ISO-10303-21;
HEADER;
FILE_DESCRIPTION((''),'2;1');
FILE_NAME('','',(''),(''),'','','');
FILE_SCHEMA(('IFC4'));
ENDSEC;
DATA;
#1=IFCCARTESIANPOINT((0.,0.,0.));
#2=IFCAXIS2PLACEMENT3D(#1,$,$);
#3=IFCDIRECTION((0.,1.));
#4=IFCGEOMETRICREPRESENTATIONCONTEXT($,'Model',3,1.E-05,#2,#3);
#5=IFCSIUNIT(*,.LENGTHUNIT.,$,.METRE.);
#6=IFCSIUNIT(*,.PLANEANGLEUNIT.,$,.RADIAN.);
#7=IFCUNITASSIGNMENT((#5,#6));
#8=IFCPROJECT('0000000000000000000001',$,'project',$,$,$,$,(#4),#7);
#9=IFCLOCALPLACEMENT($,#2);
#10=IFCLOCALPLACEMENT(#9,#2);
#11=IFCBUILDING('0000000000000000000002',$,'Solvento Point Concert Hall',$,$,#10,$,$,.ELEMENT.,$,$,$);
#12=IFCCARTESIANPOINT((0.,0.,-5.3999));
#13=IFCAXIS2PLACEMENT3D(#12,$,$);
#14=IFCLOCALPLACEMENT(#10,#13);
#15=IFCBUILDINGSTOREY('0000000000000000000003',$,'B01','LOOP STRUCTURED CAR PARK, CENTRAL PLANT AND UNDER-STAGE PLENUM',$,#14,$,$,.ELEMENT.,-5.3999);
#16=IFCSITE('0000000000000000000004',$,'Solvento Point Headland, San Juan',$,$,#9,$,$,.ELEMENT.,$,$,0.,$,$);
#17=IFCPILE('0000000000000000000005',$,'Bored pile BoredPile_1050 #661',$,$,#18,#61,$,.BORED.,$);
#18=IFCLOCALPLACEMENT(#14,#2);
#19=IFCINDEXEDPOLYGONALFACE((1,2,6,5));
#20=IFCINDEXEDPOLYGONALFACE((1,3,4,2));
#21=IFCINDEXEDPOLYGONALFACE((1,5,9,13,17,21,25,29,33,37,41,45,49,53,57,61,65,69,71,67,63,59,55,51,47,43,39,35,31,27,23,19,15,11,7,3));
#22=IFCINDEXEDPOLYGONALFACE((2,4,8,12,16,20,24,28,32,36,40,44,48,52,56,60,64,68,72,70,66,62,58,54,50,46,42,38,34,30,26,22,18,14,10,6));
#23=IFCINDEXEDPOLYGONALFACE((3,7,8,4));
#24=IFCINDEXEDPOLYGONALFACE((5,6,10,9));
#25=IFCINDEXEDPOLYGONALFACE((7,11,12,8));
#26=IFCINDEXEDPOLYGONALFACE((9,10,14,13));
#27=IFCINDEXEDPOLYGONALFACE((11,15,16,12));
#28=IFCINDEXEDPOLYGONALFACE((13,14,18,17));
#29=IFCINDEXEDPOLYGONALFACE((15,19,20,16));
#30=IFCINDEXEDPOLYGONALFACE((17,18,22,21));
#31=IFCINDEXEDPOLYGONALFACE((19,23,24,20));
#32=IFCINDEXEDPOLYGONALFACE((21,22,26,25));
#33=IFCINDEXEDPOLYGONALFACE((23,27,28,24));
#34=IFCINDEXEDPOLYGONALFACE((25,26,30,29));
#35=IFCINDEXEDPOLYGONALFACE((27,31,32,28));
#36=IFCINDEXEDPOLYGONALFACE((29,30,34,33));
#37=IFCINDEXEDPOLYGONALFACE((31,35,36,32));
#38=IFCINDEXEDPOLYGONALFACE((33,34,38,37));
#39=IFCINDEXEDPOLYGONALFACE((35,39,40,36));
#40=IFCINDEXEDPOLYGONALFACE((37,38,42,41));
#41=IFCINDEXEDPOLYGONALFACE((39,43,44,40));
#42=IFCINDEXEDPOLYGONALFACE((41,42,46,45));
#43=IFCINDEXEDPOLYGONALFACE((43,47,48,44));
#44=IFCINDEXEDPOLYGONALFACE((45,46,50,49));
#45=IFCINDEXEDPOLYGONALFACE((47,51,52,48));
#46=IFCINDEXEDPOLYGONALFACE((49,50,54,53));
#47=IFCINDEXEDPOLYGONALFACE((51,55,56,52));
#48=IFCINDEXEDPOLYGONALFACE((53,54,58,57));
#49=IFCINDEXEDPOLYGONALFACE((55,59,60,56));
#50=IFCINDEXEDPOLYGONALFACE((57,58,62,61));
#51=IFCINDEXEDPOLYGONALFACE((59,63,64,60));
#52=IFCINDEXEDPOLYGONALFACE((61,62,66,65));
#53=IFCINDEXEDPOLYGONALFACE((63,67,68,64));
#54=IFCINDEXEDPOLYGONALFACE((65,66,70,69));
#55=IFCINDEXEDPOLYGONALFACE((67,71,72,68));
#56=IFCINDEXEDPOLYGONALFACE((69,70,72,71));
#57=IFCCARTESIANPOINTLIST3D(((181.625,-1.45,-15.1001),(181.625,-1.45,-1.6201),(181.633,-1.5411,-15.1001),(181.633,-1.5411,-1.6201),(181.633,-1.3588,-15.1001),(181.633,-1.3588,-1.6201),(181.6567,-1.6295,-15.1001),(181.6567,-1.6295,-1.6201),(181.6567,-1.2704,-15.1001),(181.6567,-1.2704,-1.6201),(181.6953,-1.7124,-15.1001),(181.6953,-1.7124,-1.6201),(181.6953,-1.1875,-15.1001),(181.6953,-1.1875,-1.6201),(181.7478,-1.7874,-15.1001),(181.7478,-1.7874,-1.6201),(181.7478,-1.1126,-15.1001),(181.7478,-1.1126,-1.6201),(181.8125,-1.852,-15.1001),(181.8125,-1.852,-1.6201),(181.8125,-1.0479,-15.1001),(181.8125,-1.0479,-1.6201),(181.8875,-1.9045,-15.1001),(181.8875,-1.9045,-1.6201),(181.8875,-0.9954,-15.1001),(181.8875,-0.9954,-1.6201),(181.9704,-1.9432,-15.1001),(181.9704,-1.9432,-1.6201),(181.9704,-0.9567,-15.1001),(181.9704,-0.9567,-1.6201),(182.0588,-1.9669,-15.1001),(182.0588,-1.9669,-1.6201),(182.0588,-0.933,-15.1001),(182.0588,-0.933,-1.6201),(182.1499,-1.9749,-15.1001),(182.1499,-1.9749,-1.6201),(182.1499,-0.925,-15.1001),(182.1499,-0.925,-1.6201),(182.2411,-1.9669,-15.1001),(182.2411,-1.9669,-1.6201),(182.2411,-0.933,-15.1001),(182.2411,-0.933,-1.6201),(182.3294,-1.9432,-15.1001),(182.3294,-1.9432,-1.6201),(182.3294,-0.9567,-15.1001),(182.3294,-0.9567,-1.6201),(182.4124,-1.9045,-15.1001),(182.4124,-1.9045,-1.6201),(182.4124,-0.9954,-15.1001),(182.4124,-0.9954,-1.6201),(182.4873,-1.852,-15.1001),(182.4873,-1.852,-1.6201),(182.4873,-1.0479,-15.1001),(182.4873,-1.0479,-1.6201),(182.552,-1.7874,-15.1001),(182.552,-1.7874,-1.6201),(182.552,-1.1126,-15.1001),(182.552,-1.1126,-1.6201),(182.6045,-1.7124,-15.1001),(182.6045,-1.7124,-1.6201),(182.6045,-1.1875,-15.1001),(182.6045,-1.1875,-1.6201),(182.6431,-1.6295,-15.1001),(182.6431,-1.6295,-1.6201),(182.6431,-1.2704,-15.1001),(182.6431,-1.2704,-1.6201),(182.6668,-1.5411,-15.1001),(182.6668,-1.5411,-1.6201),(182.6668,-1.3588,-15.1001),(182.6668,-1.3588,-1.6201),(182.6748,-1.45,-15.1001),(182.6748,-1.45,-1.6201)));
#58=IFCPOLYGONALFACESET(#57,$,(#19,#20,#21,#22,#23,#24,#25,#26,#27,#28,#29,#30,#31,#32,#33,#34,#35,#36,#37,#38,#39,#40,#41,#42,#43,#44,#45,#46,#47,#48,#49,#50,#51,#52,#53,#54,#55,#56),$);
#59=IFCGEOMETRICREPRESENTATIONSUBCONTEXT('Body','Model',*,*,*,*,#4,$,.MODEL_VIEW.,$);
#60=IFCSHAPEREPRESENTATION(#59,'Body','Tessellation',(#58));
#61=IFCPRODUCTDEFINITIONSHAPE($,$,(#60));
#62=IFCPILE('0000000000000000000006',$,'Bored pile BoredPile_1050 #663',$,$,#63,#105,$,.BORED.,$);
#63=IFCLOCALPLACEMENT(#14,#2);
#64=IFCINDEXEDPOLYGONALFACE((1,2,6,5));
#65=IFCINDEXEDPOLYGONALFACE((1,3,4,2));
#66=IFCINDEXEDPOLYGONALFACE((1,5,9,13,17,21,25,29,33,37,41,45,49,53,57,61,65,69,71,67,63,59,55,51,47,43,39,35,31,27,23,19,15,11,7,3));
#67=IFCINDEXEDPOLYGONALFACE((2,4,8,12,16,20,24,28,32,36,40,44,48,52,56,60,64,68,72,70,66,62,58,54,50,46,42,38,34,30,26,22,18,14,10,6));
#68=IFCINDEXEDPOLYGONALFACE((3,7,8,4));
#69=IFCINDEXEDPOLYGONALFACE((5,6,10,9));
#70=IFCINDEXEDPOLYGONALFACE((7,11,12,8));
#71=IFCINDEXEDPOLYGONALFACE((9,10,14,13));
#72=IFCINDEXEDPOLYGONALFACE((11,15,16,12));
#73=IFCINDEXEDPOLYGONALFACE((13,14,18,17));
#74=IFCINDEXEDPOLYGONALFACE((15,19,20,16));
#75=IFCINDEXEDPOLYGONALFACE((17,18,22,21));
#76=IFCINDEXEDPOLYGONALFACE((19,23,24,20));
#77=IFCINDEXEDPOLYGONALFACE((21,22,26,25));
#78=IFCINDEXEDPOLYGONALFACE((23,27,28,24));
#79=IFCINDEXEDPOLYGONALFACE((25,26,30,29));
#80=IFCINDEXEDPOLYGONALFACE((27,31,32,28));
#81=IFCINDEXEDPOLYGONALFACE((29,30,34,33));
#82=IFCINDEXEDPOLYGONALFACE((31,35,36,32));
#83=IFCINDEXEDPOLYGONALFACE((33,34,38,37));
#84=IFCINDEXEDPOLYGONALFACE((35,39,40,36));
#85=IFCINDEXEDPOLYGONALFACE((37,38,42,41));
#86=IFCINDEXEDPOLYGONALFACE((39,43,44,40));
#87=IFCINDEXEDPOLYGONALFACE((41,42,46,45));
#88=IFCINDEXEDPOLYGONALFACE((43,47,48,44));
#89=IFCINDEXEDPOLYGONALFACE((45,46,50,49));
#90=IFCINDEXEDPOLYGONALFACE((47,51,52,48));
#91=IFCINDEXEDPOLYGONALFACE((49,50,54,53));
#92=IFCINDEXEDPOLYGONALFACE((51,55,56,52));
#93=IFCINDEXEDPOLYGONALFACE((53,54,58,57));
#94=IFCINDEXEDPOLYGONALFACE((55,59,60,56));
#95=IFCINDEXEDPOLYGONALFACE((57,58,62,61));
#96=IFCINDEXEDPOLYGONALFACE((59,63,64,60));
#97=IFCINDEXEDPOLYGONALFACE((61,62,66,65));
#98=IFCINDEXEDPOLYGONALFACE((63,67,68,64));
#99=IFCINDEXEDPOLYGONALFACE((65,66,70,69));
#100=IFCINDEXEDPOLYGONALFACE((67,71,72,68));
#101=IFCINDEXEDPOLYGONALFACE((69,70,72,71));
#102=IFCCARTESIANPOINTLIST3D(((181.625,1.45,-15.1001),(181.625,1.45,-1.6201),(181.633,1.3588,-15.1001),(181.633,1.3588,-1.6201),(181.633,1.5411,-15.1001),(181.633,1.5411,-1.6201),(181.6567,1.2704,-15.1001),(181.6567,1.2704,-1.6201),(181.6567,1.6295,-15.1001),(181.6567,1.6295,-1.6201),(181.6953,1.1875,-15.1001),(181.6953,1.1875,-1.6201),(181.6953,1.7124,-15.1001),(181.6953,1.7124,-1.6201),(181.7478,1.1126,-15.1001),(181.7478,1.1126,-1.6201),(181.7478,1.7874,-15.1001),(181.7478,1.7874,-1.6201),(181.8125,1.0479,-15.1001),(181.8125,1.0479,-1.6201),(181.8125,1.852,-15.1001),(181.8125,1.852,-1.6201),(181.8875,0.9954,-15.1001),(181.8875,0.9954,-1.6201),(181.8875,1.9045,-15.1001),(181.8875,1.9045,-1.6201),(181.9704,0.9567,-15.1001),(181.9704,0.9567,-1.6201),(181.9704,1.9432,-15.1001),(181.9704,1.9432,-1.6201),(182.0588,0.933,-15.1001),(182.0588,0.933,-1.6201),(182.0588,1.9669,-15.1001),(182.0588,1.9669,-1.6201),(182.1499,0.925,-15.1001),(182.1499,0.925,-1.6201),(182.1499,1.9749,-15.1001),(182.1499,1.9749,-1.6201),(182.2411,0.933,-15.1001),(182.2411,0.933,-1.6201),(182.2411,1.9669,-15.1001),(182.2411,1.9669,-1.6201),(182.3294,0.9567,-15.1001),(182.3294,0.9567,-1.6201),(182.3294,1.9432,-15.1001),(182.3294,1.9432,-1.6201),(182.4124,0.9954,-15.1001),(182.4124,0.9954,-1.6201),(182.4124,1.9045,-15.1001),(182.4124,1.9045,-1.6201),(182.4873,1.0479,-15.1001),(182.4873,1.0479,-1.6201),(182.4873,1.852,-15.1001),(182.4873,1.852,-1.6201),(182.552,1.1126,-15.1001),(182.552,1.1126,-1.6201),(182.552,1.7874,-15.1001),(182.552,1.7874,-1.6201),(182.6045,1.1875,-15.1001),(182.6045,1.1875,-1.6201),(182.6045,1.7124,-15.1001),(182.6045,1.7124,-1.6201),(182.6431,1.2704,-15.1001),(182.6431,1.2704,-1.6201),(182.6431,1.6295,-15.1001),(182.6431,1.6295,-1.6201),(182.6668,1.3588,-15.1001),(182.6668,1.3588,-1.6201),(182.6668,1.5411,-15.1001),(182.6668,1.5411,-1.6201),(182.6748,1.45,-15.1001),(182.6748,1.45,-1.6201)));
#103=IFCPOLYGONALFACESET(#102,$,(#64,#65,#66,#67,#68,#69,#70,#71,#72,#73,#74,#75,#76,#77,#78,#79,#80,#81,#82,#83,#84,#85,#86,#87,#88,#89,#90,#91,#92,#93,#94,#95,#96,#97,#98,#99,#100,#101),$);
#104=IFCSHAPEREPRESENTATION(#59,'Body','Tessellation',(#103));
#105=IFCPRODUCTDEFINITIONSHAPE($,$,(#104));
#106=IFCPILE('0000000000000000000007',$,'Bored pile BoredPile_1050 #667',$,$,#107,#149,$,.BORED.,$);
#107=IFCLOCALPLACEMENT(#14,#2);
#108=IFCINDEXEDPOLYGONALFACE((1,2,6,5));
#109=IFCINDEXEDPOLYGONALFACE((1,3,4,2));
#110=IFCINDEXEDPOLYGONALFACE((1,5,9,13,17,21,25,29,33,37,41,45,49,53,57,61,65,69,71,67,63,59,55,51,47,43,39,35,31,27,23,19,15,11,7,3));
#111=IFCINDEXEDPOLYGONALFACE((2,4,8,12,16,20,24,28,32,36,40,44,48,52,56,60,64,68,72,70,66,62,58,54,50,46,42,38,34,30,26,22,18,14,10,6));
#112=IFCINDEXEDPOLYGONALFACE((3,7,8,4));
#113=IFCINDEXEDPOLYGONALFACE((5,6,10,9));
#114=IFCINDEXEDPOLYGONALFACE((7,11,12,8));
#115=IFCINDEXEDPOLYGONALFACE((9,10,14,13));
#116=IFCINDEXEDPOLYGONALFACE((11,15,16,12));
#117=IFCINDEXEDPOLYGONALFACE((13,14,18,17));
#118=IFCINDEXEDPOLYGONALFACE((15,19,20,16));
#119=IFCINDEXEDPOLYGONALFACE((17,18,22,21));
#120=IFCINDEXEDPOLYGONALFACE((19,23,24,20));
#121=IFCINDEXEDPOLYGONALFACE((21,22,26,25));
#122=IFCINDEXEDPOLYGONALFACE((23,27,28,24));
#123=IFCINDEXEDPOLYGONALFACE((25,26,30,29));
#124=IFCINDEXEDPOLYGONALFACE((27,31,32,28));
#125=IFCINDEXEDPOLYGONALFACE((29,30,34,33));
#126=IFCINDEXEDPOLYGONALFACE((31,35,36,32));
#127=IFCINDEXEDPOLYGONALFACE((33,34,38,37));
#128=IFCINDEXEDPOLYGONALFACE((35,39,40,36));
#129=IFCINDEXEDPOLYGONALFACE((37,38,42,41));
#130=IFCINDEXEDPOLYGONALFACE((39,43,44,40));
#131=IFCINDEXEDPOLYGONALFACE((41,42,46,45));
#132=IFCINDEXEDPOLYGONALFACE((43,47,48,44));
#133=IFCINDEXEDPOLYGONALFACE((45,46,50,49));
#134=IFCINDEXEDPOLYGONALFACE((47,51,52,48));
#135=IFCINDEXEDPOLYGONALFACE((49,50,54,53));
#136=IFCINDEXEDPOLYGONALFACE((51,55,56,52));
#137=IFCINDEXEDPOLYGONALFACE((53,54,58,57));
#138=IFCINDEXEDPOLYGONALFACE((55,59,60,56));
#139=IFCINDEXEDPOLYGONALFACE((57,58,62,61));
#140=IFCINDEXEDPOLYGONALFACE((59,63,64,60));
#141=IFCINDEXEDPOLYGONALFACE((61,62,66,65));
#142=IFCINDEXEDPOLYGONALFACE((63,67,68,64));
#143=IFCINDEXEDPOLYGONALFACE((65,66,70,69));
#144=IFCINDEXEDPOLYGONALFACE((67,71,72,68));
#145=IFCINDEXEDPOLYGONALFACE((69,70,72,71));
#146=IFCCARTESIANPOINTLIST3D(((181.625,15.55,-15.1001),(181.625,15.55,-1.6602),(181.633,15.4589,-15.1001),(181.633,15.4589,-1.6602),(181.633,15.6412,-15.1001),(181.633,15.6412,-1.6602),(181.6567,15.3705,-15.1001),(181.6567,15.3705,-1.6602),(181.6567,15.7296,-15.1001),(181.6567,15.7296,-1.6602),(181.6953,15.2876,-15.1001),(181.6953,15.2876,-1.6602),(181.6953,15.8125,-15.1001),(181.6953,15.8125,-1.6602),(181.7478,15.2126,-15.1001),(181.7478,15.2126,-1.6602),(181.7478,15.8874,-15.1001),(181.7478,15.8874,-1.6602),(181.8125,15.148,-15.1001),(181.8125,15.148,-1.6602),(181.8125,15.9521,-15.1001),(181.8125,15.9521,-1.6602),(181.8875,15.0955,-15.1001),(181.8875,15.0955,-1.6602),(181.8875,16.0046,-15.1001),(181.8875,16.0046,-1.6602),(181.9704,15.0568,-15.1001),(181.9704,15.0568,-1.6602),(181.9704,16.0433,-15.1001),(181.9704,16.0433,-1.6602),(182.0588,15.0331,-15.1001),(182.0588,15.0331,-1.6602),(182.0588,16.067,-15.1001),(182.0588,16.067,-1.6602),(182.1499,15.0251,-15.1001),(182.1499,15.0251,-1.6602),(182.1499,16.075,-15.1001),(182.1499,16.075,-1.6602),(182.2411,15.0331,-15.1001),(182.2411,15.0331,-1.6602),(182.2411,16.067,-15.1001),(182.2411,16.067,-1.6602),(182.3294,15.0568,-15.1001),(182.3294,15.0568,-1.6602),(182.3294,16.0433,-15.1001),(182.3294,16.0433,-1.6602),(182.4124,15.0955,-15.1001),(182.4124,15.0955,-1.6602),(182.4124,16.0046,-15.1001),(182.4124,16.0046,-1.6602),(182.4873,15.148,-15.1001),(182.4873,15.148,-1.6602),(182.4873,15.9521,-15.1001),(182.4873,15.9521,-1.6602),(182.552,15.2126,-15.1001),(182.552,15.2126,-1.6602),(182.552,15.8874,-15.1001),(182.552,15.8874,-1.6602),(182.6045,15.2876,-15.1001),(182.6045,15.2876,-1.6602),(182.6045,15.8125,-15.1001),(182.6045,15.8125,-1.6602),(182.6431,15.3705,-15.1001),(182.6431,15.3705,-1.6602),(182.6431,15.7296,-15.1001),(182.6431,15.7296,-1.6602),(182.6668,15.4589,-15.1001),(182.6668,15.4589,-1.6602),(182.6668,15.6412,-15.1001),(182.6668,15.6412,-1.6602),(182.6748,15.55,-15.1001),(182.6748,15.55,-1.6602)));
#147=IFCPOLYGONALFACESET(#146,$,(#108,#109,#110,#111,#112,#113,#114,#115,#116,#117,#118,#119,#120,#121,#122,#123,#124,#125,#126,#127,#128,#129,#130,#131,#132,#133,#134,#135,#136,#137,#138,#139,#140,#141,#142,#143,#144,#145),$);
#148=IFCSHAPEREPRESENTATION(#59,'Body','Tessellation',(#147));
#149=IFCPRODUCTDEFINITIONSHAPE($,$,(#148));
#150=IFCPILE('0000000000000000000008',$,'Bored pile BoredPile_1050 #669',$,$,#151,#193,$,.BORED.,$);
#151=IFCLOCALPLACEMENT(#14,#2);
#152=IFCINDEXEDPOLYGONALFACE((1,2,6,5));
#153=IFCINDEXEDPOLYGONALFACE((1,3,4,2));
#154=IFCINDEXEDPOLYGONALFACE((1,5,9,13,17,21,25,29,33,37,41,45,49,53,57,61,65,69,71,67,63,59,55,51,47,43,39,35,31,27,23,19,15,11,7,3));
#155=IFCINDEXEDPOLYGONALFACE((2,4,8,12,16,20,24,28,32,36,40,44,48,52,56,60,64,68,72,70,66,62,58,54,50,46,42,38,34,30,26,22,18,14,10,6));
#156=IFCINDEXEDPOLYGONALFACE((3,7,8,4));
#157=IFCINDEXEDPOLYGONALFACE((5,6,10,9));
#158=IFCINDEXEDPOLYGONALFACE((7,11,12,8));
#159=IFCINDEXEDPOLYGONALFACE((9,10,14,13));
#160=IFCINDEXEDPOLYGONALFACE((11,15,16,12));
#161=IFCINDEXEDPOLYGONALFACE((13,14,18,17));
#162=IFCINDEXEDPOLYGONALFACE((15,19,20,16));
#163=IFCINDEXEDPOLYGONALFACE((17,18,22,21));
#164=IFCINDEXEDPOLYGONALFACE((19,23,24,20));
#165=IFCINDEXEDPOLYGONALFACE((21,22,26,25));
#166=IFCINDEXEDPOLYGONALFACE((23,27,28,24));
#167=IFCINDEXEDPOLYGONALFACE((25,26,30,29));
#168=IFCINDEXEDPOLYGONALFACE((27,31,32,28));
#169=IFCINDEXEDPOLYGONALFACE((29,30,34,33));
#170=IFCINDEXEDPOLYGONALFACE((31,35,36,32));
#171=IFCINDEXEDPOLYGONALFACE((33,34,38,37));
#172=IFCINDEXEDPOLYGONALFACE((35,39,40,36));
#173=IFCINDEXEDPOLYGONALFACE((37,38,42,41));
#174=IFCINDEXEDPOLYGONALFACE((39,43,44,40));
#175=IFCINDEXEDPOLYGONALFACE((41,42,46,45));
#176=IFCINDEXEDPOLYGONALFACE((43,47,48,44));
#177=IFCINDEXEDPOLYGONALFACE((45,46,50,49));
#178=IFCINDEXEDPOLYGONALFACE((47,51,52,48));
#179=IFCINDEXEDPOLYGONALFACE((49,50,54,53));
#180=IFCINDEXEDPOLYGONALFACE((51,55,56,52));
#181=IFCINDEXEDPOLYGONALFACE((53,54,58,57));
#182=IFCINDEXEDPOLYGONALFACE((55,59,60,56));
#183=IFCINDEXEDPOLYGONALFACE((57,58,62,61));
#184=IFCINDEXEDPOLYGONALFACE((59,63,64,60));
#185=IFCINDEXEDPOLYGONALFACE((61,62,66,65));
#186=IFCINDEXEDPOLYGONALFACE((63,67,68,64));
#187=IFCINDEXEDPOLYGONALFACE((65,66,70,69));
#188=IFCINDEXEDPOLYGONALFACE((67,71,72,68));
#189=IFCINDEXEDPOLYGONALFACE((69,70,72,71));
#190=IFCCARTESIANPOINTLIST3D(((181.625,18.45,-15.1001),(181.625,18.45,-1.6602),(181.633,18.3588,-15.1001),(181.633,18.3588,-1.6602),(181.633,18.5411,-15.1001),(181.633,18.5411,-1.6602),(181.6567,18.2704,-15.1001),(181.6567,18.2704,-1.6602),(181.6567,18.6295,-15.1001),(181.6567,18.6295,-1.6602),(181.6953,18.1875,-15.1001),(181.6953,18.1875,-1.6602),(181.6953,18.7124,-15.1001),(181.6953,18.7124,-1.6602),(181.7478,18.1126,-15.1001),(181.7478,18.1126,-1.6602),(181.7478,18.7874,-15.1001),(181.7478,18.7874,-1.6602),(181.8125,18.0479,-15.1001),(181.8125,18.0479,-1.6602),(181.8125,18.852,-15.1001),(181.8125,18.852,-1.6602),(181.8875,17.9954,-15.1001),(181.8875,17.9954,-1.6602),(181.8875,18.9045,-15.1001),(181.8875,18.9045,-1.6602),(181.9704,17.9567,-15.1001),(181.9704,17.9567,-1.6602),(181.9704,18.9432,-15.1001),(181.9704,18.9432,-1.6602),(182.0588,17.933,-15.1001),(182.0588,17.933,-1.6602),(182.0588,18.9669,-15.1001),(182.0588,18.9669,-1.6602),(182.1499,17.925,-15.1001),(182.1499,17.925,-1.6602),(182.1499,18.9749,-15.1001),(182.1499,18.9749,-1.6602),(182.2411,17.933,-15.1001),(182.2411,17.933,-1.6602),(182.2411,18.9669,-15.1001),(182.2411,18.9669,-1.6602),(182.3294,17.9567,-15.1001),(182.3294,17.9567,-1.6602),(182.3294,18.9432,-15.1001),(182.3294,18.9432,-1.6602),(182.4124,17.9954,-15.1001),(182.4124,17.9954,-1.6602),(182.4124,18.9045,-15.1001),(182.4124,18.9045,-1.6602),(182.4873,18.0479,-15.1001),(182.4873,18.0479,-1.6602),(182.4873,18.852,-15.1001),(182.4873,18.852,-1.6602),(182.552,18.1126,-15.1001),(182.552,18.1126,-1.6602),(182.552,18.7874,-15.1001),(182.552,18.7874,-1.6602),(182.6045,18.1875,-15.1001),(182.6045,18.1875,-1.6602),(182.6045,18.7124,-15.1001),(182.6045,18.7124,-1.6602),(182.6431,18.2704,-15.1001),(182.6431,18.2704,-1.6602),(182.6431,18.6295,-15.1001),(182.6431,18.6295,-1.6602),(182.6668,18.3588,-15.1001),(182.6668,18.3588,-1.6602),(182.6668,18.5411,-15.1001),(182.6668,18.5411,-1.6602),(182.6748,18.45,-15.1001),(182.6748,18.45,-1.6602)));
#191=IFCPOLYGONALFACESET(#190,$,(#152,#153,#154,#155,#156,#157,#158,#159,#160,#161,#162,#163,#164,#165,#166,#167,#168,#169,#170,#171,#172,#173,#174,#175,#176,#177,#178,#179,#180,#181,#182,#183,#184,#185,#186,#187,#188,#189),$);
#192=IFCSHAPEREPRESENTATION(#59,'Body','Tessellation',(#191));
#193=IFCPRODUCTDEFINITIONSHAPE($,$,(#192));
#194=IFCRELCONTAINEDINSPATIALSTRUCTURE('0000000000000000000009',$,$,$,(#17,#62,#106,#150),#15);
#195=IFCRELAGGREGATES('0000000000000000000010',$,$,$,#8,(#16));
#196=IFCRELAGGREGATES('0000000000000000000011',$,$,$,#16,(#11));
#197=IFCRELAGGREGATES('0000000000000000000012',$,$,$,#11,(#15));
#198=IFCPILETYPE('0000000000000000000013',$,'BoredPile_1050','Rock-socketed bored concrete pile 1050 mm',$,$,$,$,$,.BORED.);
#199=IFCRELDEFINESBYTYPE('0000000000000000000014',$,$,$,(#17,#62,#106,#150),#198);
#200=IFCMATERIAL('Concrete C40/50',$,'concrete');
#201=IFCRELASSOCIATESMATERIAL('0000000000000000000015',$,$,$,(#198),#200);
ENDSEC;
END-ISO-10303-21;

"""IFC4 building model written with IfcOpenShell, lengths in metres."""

from ifc_helpers import new_model, si_unit, direction, frame, origin, origin_2d, place, context, subcontext, project, spatial, circle, extrude, material, material_profile, profile_set, type_object, element, save


model = new_model("IFC4")

# Units and contexts
model_context = context("Model", 3, precision=1e-05, world=origin(), true_north=direction((0.0, 1.0)))
body_context = subcontext(model_context, "Body", "Model", "MODEL_VIEW")
ifc_project = project(units=[si_unit("LENGTHUNIT", "METRE"), si_unit("PLANEANGLEUNIT", "RADIAN")], contexts=[model_context])

# Site, building, storey
site_placement = place(None, origin())
site = spatial("IfcSite", under=ifc_project, at=site_placement, Name="Solvento Point Headland, San Juan", CompositionType="ELEMENT", RefElevation=0.0)
building_placement = place(site_placement, origin())
building = spatial("IfcBuilding", under=site, at=building_placement, Name="Solvento Point Concert Hall", CompositionType="ELEMENT")
storey_placement = place(building_placement, frame((0.0, 0.0, -5.3999)))
storey = spatial("IfcBuildingStorey", under=building, at=storey_placement, Name="B01", Description="LOOP STRUCTURED CAR PARK, CENTRAL PLANT AND UNDER-STAGE PLENUM", CompositionType="ELEMENT", Elevation=-5.3999)

# Piles
ifc_material_1 = material(Name="Concrete C40/50", Category="concrete")
ifc_material_profile_1 = material_profile(ifc_material_1, circle(Radius=0.5249, at=origin_2d()), Name="BP-1050")
ifc_profile_set_1 = profile_set([ifc_material_profile_1], Name="Concrete C40/50")
pile_type_1 = type_object("IfcPileType", Name="BoredPile_1050", Description="Rock-socketed bored concrete pile 1050 mm", PredefinedType="BORED", material=ifc_profile_set_1)
for number, where, z_axis, x_axis, name in (
    (1, (182.1499, -1.45, -1.6201), (0.0, 0.0, -1.0), (1.0, 0.0, 0.0), "Bored pile BoredPile_1050 #661"),
    (2, (182.1499, 1.45, -1.6201), (0.0, 0.0, -1.0), (1.0, 0.0, 0.0), "Bored pile BoredPile_1050 #663"),
):
    element("IfcPile", number, at=place(storey_placement, frame(where, z_axis=z_axis, x_axis=x_axis)), inside=storey, type_object=pile_type_1, Name=name, PredefinedType="BORED", context=body_context, shape_type="SweptSolid", body=[
        extrude(circle(Radius=0.5249, at=origin_2d()), origin(), (0.0, 0.0, 1.0), 13.48),
    ])
for number, where, z_axis, x_axis, name in (
    (3, (182.1499, 15.55, -1.6602), (0.0, 0.0, -1.0), (1.0, 0.0, 0.0), "Bored pile BoredPile_1050 #667"),
    (4, (182.1499, 18.45, -1.6602), (0.0, 0.0, -1.0), (1.0, 0.0, 0.0), "Bored pile BoredPile_1050 #669"),
):
    element("IfcPile", number, at=place(storey_placement, frame(where, z_axis=z_axis, x_axis=x_axis)), inside=storey, type_object=pile_type_1, Name=name, PredefinedType="BORED", context=body_context, shape_type="SweptSolid", body=[
        extrude(circle(Radius=0.5249, at=origin_2d()), origin(), (0.0, 0.0, 1.0), 13.4399),
    ])

save(model, "model.ifc")
